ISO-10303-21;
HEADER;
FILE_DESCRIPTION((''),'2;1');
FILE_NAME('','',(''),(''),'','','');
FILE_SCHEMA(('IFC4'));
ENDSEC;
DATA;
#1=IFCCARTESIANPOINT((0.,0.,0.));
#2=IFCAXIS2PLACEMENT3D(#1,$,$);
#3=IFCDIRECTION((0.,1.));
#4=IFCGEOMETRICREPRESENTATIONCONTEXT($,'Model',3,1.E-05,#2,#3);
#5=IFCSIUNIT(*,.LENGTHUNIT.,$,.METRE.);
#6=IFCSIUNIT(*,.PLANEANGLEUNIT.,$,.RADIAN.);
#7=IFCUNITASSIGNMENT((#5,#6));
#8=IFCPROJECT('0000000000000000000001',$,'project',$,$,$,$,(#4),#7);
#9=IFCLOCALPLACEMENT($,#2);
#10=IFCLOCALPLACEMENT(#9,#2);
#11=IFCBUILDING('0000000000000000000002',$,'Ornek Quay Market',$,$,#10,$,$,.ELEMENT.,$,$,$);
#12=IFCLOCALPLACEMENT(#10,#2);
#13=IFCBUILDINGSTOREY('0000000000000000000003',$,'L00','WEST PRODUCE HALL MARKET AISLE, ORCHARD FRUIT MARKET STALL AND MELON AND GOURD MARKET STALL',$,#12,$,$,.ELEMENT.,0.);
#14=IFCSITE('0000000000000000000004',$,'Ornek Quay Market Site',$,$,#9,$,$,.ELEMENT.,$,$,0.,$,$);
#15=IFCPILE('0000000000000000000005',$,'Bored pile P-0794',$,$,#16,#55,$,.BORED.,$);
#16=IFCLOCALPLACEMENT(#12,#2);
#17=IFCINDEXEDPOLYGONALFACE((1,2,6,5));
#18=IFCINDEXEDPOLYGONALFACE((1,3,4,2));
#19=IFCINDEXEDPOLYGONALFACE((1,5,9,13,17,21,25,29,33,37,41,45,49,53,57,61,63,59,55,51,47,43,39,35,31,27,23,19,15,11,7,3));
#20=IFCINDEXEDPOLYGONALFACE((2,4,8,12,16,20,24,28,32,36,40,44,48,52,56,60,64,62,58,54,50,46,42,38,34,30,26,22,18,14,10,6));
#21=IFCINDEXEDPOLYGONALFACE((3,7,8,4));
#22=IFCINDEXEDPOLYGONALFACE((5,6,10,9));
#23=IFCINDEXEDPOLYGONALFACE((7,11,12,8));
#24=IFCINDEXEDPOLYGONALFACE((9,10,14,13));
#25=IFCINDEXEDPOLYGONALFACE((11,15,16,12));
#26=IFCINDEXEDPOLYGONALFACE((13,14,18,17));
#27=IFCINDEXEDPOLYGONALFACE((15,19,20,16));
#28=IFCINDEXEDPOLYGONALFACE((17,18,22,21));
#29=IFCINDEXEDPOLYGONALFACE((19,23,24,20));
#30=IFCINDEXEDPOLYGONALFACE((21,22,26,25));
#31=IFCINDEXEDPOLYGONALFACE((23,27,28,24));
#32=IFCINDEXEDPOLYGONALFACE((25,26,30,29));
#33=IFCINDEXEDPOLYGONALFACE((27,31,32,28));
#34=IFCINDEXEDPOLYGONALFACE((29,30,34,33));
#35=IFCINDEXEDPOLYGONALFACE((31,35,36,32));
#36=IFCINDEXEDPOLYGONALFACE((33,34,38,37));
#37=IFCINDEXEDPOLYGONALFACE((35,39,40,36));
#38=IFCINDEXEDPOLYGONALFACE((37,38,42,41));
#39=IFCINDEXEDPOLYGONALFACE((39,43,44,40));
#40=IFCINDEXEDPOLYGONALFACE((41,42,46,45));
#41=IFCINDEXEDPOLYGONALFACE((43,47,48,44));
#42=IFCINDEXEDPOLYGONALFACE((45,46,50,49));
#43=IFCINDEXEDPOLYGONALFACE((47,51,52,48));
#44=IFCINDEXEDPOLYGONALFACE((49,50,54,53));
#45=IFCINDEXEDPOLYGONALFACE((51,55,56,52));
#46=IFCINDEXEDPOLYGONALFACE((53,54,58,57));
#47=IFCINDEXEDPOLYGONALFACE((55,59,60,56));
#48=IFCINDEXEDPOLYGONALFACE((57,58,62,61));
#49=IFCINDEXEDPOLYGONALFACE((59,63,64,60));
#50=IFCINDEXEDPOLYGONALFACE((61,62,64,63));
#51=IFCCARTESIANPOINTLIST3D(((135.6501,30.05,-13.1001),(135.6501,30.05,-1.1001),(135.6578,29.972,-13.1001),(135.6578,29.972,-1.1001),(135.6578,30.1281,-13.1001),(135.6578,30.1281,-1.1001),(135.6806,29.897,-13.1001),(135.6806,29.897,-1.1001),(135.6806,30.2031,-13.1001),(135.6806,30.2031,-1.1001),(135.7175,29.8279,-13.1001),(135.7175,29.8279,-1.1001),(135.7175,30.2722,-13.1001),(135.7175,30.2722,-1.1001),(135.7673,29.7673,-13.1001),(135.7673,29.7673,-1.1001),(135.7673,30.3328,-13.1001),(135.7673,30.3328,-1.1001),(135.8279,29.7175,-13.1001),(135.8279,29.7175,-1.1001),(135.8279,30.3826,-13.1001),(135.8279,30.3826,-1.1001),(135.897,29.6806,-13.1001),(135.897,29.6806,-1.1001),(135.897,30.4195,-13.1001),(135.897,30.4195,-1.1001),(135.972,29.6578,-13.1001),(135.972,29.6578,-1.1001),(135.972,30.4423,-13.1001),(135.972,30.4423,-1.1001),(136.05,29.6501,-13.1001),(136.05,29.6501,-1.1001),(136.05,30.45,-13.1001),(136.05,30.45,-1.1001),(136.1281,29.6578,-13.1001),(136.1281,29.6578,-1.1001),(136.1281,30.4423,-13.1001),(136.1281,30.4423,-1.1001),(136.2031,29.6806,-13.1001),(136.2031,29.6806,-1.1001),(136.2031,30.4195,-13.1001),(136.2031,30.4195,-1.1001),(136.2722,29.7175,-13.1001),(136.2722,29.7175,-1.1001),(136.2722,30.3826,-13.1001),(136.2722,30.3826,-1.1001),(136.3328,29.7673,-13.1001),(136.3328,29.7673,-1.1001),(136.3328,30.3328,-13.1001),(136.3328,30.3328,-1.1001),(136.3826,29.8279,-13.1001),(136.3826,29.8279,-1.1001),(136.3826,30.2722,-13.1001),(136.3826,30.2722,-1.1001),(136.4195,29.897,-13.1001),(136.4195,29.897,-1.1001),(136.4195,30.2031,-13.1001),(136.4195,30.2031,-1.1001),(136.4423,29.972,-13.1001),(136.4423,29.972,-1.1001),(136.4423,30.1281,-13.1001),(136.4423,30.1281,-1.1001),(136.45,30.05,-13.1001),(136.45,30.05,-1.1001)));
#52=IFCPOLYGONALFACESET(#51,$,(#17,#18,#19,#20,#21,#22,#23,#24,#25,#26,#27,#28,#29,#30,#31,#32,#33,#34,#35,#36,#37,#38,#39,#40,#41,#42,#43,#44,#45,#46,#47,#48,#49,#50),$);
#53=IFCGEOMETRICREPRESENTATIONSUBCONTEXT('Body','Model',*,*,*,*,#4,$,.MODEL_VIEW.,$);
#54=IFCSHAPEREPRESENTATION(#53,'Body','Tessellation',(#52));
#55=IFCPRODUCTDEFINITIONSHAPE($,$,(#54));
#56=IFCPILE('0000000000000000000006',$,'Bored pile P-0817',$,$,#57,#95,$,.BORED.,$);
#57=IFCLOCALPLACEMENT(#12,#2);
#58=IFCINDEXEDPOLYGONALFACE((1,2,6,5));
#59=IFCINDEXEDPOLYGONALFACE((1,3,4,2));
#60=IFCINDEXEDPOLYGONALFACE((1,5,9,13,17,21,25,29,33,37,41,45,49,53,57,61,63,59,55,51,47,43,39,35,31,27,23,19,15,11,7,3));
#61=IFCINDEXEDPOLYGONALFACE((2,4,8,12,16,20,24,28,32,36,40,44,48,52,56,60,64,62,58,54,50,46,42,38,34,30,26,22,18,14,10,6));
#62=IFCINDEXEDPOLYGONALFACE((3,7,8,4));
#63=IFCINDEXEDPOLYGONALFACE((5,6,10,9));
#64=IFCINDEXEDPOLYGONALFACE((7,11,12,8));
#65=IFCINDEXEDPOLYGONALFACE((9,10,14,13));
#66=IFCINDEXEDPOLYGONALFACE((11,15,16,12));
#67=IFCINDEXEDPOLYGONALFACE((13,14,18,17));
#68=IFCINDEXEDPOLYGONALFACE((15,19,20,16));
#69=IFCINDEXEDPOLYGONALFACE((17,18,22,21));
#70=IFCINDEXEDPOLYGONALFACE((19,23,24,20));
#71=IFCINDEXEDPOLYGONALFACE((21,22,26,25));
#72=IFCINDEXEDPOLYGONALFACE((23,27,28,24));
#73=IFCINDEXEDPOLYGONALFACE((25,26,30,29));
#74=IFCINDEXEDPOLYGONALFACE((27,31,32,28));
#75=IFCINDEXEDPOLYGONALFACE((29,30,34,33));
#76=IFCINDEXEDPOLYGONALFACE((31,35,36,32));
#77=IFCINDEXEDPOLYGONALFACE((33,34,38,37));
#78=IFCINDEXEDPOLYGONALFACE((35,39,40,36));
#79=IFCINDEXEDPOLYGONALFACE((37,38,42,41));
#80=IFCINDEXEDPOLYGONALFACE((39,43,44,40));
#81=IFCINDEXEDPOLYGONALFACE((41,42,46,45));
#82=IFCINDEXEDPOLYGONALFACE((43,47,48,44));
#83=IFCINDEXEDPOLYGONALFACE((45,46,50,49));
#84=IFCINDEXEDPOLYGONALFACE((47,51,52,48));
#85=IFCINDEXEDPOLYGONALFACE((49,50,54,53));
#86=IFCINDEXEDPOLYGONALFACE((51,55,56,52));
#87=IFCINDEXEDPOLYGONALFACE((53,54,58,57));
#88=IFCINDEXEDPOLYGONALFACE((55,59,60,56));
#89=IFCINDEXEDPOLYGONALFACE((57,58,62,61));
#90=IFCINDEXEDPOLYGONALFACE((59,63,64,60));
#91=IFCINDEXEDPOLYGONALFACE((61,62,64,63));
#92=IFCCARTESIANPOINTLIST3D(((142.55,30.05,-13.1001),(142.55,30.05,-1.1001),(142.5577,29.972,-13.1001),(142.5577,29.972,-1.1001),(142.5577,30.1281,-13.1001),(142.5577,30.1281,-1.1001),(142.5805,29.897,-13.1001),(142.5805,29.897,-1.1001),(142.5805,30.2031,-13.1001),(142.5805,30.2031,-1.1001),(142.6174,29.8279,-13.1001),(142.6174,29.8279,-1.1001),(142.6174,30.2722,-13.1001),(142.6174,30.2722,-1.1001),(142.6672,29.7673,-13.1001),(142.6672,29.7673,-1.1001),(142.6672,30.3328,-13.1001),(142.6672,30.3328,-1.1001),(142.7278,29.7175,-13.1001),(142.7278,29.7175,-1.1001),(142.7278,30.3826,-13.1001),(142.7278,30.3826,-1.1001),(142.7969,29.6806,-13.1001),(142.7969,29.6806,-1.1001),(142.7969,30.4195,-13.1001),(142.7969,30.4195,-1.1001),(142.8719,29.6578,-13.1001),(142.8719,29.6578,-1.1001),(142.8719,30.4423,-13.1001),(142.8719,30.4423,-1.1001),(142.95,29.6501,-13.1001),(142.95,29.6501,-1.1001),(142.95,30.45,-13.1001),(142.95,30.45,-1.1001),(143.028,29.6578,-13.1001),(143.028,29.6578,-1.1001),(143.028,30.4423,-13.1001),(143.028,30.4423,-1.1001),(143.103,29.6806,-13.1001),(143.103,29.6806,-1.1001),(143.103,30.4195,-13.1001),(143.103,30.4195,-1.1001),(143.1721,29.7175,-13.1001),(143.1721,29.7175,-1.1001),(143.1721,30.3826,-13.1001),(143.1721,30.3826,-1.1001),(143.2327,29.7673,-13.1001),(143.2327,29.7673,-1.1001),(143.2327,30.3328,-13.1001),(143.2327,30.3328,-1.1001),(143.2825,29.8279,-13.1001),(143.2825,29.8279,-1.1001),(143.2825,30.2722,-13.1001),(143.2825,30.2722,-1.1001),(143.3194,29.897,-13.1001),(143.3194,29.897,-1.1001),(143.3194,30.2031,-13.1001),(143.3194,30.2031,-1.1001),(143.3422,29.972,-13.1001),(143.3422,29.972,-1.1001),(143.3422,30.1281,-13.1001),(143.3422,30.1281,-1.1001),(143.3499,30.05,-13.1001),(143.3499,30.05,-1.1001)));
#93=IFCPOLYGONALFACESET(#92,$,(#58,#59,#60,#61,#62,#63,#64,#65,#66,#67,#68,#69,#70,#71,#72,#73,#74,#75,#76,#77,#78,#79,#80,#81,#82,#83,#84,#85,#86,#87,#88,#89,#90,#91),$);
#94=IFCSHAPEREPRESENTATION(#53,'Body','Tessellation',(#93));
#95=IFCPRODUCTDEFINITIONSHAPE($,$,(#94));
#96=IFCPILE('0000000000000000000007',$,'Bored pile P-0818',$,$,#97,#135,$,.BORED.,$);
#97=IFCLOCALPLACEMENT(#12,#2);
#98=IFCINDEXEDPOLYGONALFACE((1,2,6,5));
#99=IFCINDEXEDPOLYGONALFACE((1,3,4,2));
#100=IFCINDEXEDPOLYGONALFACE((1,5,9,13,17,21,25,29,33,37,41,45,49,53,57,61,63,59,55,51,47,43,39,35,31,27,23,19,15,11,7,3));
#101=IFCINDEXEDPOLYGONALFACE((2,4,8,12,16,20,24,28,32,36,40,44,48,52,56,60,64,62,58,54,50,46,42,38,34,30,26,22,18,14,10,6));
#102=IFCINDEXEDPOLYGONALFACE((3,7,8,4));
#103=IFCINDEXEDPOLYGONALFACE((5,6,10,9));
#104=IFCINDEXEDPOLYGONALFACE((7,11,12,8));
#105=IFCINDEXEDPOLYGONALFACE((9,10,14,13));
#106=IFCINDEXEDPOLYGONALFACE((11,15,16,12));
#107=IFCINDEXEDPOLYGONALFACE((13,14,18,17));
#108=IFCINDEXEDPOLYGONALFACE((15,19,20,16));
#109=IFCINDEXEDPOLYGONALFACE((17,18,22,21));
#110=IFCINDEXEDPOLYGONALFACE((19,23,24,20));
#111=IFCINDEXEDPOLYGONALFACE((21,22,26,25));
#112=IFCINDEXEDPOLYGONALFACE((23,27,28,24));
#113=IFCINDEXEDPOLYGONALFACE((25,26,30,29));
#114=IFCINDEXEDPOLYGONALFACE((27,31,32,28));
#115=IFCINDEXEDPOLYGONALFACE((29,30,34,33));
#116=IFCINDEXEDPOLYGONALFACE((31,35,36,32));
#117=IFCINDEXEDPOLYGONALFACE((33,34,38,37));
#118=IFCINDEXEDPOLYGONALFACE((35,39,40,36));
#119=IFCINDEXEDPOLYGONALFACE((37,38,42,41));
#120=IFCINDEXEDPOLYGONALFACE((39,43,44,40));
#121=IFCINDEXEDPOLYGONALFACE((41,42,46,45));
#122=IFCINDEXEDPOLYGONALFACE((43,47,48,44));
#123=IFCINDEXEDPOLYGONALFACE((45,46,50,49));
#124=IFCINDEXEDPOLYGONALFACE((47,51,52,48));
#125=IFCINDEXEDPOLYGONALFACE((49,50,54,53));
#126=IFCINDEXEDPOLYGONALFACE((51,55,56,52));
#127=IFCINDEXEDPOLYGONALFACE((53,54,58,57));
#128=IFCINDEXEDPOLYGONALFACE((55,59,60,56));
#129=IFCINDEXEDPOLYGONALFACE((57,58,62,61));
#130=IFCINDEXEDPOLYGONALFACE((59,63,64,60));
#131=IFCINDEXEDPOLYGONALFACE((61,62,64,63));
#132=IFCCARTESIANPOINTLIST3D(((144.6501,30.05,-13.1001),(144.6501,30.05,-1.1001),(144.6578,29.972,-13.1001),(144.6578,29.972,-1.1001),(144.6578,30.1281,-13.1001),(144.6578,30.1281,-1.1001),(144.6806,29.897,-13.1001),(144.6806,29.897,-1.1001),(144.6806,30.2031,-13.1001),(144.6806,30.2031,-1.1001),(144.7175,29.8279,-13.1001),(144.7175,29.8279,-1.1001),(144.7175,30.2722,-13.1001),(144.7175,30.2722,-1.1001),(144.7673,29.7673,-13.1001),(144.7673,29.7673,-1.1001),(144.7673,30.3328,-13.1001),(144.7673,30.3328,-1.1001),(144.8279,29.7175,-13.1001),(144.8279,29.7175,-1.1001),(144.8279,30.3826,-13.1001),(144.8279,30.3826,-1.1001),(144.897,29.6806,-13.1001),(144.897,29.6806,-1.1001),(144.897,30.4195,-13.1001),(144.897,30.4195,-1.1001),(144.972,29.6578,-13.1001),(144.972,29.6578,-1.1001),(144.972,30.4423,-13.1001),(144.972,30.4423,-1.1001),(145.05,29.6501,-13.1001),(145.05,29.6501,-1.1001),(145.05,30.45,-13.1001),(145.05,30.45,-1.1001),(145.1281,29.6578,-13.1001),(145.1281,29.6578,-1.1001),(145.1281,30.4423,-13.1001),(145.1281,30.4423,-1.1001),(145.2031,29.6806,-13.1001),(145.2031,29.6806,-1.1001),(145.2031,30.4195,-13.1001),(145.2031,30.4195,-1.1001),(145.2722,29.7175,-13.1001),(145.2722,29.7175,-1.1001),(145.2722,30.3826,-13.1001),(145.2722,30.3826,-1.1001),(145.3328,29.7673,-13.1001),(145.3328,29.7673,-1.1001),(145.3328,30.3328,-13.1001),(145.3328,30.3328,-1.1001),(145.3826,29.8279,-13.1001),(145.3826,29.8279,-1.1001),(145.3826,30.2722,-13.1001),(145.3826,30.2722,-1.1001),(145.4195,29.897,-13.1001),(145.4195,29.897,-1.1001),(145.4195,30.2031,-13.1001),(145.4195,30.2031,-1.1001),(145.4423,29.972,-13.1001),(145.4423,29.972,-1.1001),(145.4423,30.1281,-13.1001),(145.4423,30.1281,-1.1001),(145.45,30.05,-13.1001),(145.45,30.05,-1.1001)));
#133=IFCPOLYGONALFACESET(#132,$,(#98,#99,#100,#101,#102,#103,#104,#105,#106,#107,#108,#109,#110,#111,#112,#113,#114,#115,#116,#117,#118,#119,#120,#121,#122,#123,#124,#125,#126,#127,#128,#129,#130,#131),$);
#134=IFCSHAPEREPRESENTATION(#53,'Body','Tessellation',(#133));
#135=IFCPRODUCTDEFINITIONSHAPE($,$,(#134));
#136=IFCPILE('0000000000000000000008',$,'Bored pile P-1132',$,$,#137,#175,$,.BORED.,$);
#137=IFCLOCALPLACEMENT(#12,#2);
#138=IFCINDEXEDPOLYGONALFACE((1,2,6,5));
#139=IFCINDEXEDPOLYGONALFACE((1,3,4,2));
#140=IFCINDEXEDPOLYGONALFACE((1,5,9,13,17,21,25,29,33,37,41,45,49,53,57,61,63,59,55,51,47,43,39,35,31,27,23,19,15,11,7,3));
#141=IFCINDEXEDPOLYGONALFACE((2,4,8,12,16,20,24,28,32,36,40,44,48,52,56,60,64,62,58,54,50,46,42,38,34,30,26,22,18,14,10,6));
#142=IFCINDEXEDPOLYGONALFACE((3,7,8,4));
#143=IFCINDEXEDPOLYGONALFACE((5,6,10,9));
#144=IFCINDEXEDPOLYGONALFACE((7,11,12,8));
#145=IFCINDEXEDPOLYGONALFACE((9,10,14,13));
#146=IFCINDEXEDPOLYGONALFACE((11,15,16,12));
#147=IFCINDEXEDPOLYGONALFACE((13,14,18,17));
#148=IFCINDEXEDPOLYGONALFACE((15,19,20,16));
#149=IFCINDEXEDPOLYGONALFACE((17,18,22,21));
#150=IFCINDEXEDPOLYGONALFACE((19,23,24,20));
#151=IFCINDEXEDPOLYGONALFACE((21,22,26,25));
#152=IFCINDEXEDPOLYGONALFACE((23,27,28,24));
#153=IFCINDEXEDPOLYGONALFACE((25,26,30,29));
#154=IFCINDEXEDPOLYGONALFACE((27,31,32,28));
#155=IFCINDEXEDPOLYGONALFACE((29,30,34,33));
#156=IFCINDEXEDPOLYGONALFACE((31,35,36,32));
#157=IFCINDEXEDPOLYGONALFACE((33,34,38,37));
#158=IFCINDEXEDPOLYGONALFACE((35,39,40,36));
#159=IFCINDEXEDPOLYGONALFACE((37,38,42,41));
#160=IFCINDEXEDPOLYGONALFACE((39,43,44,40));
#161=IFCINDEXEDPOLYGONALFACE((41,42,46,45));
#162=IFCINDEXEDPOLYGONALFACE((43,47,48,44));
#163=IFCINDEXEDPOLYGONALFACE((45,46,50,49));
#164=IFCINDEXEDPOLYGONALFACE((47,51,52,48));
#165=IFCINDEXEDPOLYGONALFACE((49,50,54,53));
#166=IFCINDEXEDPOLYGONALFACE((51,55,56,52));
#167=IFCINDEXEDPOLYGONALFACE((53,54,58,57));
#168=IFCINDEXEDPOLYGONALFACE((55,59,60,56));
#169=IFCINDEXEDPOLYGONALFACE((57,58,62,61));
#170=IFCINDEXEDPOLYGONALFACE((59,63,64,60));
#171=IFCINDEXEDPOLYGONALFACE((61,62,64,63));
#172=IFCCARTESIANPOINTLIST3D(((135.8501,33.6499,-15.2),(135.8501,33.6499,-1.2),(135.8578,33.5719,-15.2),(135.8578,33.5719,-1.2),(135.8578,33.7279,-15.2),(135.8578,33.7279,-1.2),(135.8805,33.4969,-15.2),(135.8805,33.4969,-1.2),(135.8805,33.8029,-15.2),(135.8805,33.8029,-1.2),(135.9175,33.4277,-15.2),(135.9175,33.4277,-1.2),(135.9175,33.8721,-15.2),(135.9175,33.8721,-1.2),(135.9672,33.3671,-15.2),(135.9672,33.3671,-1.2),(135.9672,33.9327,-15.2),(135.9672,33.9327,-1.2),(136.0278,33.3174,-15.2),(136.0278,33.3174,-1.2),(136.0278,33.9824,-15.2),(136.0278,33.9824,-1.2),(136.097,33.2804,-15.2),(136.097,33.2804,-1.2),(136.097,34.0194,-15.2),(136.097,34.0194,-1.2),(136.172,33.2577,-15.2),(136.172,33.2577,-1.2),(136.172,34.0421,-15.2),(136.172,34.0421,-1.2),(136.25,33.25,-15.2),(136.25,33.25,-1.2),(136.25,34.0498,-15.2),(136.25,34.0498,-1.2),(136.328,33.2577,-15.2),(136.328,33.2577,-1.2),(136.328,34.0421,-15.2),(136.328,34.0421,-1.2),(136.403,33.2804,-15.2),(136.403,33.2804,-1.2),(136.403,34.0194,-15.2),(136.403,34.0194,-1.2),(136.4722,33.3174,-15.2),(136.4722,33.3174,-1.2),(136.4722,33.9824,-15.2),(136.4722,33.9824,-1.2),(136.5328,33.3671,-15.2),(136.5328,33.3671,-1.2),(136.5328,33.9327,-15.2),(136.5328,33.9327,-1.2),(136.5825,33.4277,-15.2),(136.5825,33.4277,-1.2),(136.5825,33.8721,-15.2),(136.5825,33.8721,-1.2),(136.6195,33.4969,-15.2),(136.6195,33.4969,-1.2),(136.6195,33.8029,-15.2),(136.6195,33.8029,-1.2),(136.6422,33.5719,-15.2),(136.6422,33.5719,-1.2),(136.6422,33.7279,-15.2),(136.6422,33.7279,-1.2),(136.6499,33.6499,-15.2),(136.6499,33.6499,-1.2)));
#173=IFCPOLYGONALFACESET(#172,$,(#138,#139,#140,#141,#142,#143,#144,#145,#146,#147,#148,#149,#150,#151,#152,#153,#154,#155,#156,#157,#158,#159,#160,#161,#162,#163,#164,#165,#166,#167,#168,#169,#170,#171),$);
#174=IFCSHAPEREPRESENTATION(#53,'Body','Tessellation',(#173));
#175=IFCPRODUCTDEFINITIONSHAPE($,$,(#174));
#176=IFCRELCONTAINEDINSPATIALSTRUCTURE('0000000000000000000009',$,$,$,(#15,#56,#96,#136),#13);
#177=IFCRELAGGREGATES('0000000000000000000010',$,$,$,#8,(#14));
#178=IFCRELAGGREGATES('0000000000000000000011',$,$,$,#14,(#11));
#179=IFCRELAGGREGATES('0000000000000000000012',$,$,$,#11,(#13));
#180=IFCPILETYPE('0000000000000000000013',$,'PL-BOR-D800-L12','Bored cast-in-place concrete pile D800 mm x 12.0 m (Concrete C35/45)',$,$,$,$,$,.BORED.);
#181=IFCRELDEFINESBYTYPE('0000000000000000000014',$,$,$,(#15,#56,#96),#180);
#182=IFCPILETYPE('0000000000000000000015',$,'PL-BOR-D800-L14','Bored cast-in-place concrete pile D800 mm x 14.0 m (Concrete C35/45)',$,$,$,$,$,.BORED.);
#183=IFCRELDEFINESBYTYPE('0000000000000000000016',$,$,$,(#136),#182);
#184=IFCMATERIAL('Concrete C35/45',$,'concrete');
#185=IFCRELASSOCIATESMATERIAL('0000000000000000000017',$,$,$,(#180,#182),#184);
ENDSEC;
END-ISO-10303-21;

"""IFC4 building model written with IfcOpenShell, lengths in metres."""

from ifc_helpers import new_model, si_unit, direction, frame, origin, origin_2d, place, context, subcontext, project, spatial, circle, extrude, material, material_profile, profile_set, type_object, element, save


model = new_model("IFC4")

# Units and contexts
model_context = context("Model", 3, precision=1e-05, world=origin(), true_north=direction((0.0, 1.0)))
body_context = subcontext(model_context, "Body", "Model", "MODEL_VIEW")
ifc_project = project(units=[si_unit("LENGTHUNIT", "METRE"), si_unit("PLANEANGLEUNIT", "RADIAN")], contexts=[model_context])

# Site, building, storey
site_placement = place(None, origin())
site = spatial("IfcSite", under=ifc_project, at=site_placement, Name="Ornek Quay Market Site", CompositionType="ELEMENT", RefElevation=0.0)
building_placement = place(site_placement, origin())
building = spatial("IfcBuilding", under=site, at=building_placement, Name="Ornek Quay Market", CompositionType="ELEMENT")
storey_placement = place(building_placement, origin())
storey = spatial("IfcBuildingStorey", under=building, at=storey_placement, Name="L00", Description="WEST PRODUCE HALL MARKET AISLE, ORCHARD FRUIT MARKET STALL AND MELON AND GOURD MARKET STALL", CompositionType="ELEMENT", Elevation=0.0)

# Piles
ifc_material_1 = material(Name="Concrete C35/45", Category="concrete")
ifc_material_profile_1 = material_profile(ifc_material_1, circle(Radius=0.3999, at=origin_2d()), Name="PILE D800", Category="concrete")
ifc_profile_set_1 = profile_set([ifc_material_profile_1], Name="Concrete C35/45")
pile_type_1 = type_object("IfcPileType", Name="PL-BOR-D800-L12", Description="Bored cast-in-place concrete pile D800 mm x 12.0 m (Concrete C35/45)", PredefinedType="BORED", material=ifc_profile_set_1)
for number, where, z_axis, x_axis, name in (
    (1, (136.05, 30.05, -1.1001), (0.0, 0.0, -1.0), (1.0, 0.0, 0.0), "Bored pile P-0794"),
    (2, (142.95, 30.05, -1.1001), (0.0, 0.0, -1.0), (1.0, 0.0, 0.0), "Bored pile P-0817"),
    (3, (145.05, 30.05, -1.1001), (0.0, 0.0, -1.0), (1.0, 0.0, 0.0), "Bored pile P-0818"),
):
    element("IfcPile", number, at=place(storey_placement, frame(where, z_axis=z_axis, x_axis=x_axis)), inside=storey, type_object=pile_type_1, Name=name, PredefinedType="BORED", context=body_context, shape_type="SweptSolid", body=[
        extrude(circle(Radius=0.3999, at=origin_2d()), origin(), (0.0, 0.0, 1.0), 12.0),
    ])
ifc_material_profile_2 = material_profile(ifc_material_1, circle(Radius=0.3999, at=origin_2d()), Name="PILE D800", Category="concrete")
ifc_profile_set_2 = profile_set([ifc_material_profile_2], Name="Concrete C35/45")
pile_type_2 = type_object("IfcPileType", Name="PL-BOR-D800-L14", Description="Bored cast-in-place concrete pile D800 mm x 14.0 m (Concrete C35/45)", PredefinedType="BORED", material=ifc_profile_set_2)
for number, where, z_axis, x_axis, name in (
    (4, (136.25, 33.6499, -1.2), (0.0, 0.0, -1.0), (1.0, 0.0, 0.0), "Bored pile P-1132"),
):
    element("IfcPile", number, at=place(storey_placement, frame(where, z_axis=z_axis, x_axis=x_axis)), inside=storey, type_object=pile_type_2, Name=name, PredefinedType="BORED", context=body_context, shape_type="SweptSolid", body=[
        extrude(circle(Radius=0.3999, at=origin_2d()), origin(), (0.0, 0.0, 1.0), 14.0),
    ])

save(model, "model.ifc")
